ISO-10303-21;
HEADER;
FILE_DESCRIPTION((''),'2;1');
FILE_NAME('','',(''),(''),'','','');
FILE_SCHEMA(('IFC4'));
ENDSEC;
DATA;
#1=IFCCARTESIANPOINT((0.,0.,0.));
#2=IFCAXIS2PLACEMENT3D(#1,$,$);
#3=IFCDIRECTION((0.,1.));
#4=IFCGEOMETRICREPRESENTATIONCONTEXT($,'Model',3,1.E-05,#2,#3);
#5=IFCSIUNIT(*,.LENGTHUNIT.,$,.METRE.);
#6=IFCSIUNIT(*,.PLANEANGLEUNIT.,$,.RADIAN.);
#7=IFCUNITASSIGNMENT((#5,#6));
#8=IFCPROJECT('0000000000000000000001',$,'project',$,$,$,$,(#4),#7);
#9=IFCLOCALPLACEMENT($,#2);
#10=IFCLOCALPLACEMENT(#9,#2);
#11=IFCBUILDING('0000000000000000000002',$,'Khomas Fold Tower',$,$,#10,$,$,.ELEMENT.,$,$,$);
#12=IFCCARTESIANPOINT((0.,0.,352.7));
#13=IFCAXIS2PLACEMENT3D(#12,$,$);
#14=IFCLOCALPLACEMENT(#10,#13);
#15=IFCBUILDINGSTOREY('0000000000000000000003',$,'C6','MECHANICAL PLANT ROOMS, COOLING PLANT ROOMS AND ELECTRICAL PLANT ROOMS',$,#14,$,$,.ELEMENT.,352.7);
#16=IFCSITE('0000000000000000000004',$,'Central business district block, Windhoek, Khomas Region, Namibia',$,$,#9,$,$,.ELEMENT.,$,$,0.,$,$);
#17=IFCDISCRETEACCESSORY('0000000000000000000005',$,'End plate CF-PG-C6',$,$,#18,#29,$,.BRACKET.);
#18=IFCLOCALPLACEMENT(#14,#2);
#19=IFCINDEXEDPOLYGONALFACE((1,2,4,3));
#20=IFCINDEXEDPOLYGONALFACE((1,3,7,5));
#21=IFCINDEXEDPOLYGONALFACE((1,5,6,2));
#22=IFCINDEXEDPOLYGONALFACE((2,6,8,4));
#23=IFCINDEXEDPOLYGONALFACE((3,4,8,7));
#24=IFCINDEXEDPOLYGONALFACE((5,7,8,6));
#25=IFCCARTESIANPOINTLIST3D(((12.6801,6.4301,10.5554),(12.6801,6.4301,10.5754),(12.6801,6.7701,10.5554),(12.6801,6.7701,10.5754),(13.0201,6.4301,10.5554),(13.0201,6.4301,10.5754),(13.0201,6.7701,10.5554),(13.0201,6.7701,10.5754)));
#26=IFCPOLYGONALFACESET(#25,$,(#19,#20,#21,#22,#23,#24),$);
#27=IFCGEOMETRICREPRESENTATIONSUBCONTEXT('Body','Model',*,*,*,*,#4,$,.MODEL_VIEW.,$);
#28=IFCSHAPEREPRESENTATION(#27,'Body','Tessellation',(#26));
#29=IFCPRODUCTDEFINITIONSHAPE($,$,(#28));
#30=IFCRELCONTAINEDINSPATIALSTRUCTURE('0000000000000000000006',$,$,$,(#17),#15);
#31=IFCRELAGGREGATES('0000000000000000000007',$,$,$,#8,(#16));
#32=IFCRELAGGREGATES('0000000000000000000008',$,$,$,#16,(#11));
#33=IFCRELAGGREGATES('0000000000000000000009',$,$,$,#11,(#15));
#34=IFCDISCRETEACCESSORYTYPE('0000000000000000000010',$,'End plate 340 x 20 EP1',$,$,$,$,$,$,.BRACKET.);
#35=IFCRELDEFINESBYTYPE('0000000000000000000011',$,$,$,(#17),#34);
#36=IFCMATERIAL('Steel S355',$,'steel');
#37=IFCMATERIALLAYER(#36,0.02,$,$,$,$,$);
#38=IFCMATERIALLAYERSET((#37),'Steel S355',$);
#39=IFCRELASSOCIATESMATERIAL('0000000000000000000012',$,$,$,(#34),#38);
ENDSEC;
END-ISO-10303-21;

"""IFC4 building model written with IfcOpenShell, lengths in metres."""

from ifc_helpers import new_model, si_unit, direction, frame, origin, origin_2d, place, context, subcontext, project, spatial, rectangle, extrude, source, transform, mapped, material, layer, layer_set, type_object, element, save


model = new_model("IFC4")

# Units and contexts
model_context = context("Model", 3, precision=1e-05, world=origin(), true_north=direction((0.0, 1.0)))
body_context = subcontext(model_context, "Body", "Model", "MODEL_VIEW")
ifc_project = project(units=[si_unit("LENGTHUNIT", "METRE"), si_unit("PLANEANGLEUNIT", "RADIAN")], contexts=[model_context])

# Site, building, storey
site_placement = place(None, origin())
site = spatial("IfcSite", under=ifc_project, at=site_placement, Name="Central business district block, Windhoek, Khomas Region, Namibia", CompositionType="ELEMENT", RefElevation=0.0)
building_placement = place(site_placement, origin())
building = spatial("IfcBuilding", under=site, at=building_placement, Name="Khomas Fold Tower", CompositionType="ELEMENT")
storey_placement = place(building_placement, frame((0.0, 0.0, 352.7)))
storey = spatial("IfcBuildingStorey", under=building, at=storey_placement, Name="C6", Description="MECHANICAL PLANT ROOMS, COOLING PLANT ROOMS AND ELECTRICAL PLANT ROOMS", CompositionType="ELEMENT", Elevation=352.7)

# Discrete accessory
ifc_material_1 = material(Name="Steel S355", Category="steel")
ifc_layer_1 = layer(ifc_material_1, 0.02)
ifc_layer_set_1 = layer_set([ifc_layer_1], Name="Steel S355")
discrete_accessory_type = type_object("IfcDiscreteAccessoryType", Name="End plate 340 x 20 EP1", PredefinedType="BRACKET", material=ifc_layer_set_1)
shared_shape_1 = source(origin(), body_context, "Body", "SweptSolid", [
    extrude(rectangle(XDim=0.3401, YDim=0.3401, at=origin_2d()), origin(), (0.0, 0.0, 1.0), 0.02),
])
for number, where, z_axis, x_axis, name in (
    (1, (12.8501, 6.6001, 10.5554), (0.0, 0.0, 1.0), (1.0, 0.0, 0.0), "End plate CF-PG-C6"),
):
    element("IfcDiscreteAccessory", number, at=place(storey_placement, frame(where, z_axis=z_axis, x_axis=x_axis)), inside=storey, type_object=discrete_accessory_type, Name=name, PredefinedType="BRACKET", context=body_context, shape_type="MappedRepresentation", body=[
        mapped(shared_shape_1, transform((0.0, 0.0, 0.0))),
    ])

save(model, "model.ifc")
